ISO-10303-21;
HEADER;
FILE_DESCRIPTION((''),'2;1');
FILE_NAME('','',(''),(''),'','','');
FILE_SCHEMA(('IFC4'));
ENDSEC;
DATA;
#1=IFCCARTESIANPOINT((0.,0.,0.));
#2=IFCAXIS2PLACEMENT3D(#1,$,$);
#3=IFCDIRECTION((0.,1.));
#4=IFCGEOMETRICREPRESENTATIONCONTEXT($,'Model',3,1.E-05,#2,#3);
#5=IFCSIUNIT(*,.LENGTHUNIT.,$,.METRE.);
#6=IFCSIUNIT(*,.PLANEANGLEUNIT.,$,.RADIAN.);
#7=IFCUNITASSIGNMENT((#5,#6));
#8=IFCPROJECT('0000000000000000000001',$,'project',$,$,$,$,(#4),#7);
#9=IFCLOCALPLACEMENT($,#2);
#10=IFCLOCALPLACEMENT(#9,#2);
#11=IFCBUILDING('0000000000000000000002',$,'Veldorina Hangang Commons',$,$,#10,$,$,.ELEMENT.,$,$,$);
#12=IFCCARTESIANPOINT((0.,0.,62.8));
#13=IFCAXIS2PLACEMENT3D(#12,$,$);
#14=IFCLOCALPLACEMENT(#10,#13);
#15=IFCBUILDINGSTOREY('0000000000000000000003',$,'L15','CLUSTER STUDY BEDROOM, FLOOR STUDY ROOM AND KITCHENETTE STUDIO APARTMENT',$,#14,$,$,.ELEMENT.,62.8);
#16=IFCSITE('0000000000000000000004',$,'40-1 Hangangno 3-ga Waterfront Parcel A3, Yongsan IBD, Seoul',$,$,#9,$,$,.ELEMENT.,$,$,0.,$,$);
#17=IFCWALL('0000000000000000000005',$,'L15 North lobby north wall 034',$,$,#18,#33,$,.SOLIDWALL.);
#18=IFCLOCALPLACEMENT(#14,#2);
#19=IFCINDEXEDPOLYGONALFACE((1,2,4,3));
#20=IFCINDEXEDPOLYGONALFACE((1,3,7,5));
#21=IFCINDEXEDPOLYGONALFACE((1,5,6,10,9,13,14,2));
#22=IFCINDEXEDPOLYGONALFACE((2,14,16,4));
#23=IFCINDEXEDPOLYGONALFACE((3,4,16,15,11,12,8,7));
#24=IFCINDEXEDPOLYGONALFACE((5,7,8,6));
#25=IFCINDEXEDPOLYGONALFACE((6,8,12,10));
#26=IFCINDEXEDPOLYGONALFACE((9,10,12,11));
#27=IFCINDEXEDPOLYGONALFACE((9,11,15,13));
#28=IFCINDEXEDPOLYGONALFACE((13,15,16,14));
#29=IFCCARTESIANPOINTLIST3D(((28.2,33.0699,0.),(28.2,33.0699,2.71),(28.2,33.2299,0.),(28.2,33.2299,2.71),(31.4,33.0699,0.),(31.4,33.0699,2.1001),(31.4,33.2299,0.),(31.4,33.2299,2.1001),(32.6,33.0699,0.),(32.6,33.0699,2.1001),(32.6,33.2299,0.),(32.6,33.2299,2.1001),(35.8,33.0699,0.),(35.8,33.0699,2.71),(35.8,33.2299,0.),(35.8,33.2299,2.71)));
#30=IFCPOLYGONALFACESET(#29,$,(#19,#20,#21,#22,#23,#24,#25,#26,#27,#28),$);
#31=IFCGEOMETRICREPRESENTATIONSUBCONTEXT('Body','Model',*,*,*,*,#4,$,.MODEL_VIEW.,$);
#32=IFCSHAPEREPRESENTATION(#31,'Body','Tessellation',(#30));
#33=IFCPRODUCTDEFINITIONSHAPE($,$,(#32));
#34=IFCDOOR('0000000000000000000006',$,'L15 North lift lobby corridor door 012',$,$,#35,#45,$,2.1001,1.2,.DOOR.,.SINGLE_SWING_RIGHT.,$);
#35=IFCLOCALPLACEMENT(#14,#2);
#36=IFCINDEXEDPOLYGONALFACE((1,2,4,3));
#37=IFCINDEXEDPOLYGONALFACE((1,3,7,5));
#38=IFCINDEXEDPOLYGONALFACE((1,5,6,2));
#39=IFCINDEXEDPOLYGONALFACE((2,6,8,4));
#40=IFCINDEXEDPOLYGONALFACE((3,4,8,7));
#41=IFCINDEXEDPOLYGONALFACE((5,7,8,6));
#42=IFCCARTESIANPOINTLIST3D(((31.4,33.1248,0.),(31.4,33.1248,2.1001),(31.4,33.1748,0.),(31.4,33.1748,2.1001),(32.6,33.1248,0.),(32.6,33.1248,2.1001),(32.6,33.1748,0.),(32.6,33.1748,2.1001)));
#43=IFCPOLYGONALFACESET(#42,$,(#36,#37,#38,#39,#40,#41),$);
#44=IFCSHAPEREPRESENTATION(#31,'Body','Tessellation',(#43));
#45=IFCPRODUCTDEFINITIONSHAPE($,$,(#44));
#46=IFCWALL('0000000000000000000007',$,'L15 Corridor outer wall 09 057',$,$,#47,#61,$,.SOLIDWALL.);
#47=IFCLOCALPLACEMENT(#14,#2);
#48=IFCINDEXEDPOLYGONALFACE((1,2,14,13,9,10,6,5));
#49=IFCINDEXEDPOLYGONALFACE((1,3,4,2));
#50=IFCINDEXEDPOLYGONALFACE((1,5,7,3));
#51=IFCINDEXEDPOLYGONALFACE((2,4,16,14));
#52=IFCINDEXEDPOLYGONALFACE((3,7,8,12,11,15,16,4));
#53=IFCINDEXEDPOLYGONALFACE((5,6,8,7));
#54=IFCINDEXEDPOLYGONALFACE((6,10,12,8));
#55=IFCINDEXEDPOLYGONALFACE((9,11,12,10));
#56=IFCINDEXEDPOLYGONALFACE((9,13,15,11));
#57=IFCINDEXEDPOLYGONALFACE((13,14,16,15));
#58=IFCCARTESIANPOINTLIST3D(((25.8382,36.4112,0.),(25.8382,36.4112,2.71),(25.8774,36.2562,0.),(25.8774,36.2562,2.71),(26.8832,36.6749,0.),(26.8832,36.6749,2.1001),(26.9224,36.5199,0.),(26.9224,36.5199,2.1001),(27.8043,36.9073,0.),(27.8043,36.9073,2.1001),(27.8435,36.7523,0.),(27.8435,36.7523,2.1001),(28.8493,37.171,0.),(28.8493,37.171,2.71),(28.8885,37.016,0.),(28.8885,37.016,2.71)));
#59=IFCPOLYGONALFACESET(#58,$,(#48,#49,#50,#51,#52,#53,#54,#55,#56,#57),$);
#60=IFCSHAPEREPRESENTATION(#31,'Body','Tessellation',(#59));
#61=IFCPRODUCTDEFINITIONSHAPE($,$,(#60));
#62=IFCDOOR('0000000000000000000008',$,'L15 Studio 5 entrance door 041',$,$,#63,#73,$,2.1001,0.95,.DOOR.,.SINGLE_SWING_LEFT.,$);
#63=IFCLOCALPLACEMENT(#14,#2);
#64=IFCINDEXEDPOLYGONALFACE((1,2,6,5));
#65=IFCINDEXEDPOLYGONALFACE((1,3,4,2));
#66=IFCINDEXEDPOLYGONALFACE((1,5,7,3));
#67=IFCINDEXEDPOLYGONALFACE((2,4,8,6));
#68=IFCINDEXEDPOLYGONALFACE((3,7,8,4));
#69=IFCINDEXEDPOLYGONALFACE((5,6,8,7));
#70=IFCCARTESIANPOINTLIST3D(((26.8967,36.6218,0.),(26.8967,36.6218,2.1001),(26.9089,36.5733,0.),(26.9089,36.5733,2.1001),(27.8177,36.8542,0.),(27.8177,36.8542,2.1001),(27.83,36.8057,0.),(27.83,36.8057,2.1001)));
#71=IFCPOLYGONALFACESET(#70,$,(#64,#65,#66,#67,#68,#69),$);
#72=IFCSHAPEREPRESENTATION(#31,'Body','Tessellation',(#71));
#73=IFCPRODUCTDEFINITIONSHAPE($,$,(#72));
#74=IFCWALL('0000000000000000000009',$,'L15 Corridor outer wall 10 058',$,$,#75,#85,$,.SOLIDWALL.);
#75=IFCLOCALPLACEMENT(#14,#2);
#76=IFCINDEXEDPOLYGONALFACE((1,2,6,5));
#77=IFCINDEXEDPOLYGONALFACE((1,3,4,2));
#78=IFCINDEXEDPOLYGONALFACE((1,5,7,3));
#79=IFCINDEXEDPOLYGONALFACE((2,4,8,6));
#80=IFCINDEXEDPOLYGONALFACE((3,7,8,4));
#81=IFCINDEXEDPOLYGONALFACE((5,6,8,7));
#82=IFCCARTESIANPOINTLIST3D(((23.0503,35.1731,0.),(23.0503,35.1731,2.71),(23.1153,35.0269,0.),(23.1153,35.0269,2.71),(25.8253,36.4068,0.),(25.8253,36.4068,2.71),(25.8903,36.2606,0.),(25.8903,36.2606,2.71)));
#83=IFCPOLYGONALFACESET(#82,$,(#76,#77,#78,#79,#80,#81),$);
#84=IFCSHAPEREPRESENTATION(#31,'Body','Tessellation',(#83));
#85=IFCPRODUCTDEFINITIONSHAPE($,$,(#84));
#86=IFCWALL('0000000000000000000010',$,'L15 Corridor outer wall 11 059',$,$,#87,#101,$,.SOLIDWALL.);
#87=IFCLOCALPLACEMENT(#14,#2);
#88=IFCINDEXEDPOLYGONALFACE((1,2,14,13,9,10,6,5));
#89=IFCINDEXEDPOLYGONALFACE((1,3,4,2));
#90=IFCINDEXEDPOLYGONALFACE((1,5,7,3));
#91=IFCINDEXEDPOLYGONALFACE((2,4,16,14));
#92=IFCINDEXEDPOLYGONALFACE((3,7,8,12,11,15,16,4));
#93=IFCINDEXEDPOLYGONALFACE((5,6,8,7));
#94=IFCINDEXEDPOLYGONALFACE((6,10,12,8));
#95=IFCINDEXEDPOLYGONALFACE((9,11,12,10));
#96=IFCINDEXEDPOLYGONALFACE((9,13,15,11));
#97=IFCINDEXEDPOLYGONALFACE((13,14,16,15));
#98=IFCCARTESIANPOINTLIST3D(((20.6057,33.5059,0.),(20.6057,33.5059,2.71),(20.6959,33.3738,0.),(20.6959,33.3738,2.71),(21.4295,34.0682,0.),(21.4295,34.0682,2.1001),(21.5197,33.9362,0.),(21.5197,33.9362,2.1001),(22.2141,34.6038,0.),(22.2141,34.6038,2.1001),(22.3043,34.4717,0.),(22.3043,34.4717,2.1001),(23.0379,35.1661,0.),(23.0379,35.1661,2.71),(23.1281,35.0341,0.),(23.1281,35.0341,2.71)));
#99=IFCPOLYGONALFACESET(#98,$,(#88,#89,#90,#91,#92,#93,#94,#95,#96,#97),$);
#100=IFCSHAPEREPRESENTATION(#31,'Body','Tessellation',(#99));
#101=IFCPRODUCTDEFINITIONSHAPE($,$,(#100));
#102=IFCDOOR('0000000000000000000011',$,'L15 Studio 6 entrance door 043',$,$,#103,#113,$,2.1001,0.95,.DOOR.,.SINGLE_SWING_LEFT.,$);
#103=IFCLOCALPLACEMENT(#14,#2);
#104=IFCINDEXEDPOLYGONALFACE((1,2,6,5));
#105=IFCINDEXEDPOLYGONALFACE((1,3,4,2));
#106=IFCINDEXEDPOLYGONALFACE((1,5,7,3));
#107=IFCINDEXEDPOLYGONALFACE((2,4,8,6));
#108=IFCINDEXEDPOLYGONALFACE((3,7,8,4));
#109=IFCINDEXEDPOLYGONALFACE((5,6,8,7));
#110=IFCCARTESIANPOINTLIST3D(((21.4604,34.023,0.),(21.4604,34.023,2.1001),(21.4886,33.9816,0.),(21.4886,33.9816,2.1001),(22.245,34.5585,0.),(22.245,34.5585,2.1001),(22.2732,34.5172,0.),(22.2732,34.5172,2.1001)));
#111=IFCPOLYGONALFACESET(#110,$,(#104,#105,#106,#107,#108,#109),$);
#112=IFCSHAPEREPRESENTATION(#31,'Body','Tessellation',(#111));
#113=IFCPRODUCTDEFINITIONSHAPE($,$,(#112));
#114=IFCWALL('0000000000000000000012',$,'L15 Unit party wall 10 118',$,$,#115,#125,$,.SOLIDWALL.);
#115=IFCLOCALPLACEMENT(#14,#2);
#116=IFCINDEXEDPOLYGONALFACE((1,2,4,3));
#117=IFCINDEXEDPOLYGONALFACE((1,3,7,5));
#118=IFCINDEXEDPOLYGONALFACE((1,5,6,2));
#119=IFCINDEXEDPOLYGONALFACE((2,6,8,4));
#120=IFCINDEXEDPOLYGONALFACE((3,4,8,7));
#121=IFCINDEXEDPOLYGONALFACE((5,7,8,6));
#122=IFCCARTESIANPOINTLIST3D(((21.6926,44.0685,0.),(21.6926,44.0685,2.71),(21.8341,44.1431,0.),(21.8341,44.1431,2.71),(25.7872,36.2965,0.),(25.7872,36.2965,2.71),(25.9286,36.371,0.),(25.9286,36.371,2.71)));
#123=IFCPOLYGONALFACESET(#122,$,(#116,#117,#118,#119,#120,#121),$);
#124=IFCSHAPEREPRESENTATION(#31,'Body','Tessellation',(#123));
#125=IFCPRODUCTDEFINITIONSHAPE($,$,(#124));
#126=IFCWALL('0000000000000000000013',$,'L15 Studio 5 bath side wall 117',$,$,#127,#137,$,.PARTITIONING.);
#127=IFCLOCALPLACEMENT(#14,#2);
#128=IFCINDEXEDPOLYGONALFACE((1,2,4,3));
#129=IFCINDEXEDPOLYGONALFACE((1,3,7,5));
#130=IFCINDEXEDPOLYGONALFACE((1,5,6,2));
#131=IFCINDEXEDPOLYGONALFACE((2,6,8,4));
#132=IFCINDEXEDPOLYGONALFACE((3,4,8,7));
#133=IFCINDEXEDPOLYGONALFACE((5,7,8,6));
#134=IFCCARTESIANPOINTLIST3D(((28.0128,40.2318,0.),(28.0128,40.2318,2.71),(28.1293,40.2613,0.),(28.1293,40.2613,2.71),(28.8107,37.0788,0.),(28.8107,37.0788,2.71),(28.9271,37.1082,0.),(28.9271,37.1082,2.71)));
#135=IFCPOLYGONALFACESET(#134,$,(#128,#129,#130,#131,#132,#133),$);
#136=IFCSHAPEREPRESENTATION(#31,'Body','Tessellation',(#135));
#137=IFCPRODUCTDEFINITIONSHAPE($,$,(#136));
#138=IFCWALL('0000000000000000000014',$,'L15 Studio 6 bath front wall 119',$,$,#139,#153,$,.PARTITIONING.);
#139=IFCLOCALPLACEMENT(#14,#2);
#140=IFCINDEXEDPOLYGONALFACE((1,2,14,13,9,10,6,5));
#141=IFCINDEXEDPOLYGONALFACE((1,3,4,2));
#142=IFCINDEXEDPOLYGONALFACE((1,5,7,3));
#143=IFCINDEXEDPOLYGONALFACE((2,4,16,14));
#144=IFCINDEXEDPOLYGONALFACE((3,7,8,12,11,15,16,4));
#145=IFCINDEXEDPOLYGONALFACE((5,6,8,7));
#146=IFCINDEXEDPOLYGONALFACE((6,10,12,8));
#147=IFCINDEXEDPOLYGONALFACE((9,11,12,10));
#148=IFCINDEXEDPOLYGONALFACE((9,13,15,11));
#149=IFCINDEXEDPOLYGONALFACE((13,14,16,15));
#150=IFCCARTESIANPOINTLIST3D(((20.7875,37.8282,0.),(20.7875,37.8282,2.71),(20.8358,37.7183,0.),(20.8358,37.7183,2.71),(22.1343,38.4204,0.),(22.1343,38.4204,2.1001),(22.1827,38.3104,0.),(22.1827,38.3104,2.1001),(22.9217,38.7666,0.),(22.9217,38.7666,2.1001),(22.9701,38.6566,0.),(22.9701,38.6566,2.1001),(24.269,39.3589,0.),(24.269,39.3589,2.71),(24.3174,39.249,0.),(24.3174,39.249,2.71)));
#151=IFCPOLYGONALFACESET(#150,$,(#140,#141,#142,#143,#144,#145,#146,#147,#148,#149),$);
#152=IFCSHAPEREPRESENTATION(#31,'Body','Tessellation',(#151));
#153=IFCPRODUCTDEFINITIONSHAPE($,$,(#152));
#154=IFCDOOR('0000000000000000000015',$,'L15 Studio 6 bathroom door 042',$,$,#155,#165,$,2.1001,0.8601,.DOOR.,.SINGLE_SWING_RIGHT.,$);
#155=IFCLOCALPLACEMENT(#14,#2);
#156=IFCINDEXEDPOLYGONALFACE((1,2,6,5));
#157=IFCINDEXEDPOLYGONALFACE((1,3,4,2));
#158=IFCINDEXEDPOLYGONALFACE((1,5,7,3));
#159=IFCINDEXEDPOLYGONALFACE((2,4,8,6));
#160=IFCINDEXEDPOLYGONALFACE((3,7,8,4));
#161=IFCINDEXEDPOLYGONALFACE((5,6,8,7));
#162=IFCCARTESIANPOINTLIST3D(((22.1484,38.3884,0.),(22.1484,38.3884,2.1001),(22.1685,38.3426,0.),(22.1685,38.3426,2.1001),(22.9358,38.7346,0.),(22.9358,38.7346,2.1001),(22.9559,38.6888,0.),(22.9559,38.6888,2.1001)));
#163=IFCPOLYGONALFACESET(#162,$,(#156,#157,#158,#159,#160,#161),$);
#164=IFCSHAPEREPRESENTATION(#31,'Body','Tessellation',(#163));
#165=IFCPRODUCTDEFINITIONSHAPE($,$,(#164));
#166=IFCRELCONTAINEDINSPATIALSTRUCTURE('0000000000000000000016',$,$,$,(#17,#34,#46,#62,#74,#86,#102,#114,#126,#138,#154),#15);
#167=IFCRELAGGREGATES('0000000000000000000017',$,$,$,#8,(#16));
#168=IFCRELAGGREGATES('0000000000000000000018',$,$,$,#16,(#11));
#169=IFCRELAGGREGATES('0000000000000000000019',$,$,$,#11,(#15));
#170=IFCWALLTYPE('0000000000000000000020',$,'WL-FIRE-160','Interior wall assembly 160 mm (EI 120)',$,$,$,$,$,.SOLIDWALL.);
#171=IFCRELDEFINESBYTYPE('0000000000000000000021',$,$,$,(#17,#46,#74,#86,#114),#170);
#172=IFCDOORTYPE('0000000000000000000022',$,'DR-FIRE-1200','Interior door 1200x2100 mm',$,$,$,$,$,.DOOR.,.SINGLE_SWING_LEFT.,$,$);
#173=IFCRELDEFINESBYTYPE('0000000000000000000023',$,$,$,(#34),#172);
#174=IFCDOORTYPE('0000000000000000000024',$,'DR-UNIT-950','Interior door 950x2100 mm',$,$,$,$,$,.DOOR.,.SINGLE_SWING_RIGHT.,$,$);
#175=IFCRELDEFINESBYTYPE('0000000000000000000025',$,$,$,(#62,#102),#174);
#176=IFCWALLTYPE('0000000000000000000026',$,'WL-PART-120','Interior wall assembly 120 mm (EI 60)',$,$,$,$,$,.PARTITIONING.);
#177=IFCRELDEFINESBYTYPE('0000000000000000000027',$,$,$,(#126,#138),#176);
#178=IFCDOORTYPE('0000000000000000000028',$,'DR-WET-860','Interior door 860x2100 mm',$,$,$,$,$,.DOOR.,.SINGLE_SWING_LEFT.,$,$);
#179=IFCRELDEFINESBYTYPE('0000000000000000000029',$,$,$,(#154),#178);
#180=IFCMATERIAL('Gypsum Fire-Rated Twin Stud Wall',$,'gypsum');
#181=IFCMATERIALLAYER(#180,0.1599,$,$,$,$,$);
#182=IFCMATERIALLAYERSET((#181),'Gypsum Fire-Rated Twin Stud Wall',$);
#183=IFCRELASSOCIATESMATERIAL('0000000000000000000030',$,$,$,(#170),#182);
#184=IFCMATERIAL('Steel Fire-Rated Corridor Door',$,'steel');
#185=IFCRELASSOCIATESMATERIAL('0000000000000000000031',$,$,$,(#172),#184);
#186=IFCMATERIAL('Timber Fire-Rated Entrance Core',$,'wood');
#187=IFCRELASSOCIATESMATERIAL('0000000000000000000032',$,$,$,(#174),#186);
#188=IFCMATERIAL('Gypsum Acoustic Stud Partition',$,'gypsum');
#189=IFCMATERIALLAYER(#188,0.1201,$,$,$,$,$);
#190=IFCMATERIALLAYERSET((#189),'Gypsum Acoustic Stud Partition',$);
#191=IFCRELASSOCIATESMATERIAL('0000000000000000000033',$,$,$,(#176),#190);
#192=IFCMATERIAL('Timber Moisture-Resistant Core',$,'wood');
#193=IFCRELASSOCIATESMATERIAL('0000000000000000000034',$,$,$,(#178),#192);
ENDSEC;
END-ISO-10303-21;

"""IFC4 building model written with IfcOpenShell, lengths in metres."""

from ifc_helpers import new_model, si_unit, direction, frame, frame_2d, origin, place, context, subcontext, project, spatial, rectangle, extrude, material, layer, layer_set, type_object, element, fill, save


model = new_model("IFC4")

# Units and contexts
model_context = context("Model", 3, precision=1e-05, world=origin(), true_north=direction((0.0, 1.0)))
body_context = subcontext(model_context, "Body", "Model", "MODEL_VIEW")
ifc_project = project(units=[si_unit("LENGTHUNIT", "METRE"), si_unit("PLANEANGLEUNIT", "RADIAN")], contexts=[model_context])

# Site, building, storey
site_placement = place(None, origin())
site = spatial("IfcSite", under=ifc_project, at=site_placement, Name="40-1 Hangangno 3-ga Waterfront Parcel A3, Yongsan IBD, Seoul", CompositionType="ELEMENT", RefElevation=0.0)
building_placement = place(site_placement, origin())
building = spatial("IfcBuilding", under=site, at=building_placement, Name="Veldorina Hangang Commons", CompositionType="ELEMENT")
storey_placement = place(building_placement, frame((0.0, 0.0, 62.8)))
storey = spatial("IfcBuildingStorey", under=building, at=storey_placement, Name="L15", Description="CLUSTER STUDY BEDROOM, FLOOR STUDY ROOM AND KITCHENETTE STUDIO APARTMENT", CompositionType="ELEMENT", Elevation=62.8)

# Walls, openings, doors
ifc_material_1 = material(Name="Gypsum Fire-Rated Twin Stud Wall", Category="gypsum")
ifc_layer_1 = layer(ifc_material_1, 0.1599)
ifc_layer_set_1 = layer_set([ifc_layer_1], Name="Gypsum Fire-Rated Twin Stud Wall")
wall_type_1 = type_object("IfcWallType", Name="WL-FIRE-160", Description="Interior wall assembly 160 mm (EI 120)", PredefinedType="SOLIDWALL", material=ifc_layer_set_1)
wall_1_placement = place(storey_placement, frame((28.2, 33.1499, 0.0), z_axis=(0.0, 0.0, 1.0), x_axis=(1.0, 0.0, 0.0)))
wall_1 = element("IfcWall", 1, at=wall_1_placement, inside=storey, type_object=wall_type_1, Name="L15 North lobby north wall 034", PredefinedType="SOLIDWALL", context=body_context, shape_type="SweptSolid", body=[
    extrude(rectangle(XDim=7.6001, YDim=0.1599, at=frame_2d((3.8, 0.0))), origin(), (0.0, 0.0, 1.0), 2.71),
])
opening_1_placement = place(wall_1_placement, frame((3.2, 0.0, 0.0)))
opening_1 = element("IfcOpeningElement", 2, at=opening_1_placement, cuts=wall_1, PredefinedType="OPENING", context=body_context, shape_type="SweptSolid", body=[
    extrude(rectangle(XDim=1.2, YDim=2.1001, at=frame_2d((0.6001, 1.05))), frame((0.0, 0.0898, 0.0), z_axis=(0.0, -1.0, 0.0), x_axis=(1.0, 0.0, 0.0)), (0.0, 0.0, 1.0), 0.1799),
])
ifc_material_2 = material(Name="Steel Fire-Rated Corridor Door", Category="steel")
door_type_1 = type_object("IfcDoorType", Name="DR-FIRE-1200", Description="Interior door 1200x2100 mm", OperationType="SINGLE_SWING_LEFT", PredefinedType="DOOR", material=ifc_material_2)
door_1_placement = place(opening_1_placement, origin())
door_1 = element("IfcDoor", 3, at=door_1_placement, inside=storey, type_object=door_type_1, Name="L15 North lift lobby corridor door 012", OperationType="SINGLE_SWING_RIGHT", OverallHeight=2.1001, OverallWidth=1.2, PredefinedType="DOOR", context=body_context, shape_type="SweptSolid", body=[
    extrude(rectangle(XDim=1.2, YDim=2.1001, at=frame_2d((0.6001, 1.05))), frame((0.0, 0.0249, 0.0), z_axis=(0.0, -1.0, 0.0), x_axis=(1.0, 0.0, 0.0)), (0.0, 0.0, 1.0), 0.05),
])
fill(opening_1, door_1)
wall_2_placement = place(storey_placement, frame((28.8689, 37.0935, 0.0), z_axis=(0.0, 0.0, 1.0), x_axis=(-0.969608, -0.244662, 0.0)))
wall_2 = element("IfcWall", 4, at=wall_2_placement, inside=storey, type_object=wall_type_1, Name="L15 Corridor outer wall 09 057", PredefinedType="SOLIDWALL", context=body_context, shape_type="SweptSolid", body=[
    extrude(rectangle(XDim=3.1055, YDim=0.1599, at=frame_2d((1.5527, 0.0))), origin(), (0.0, 0.0, 1.0), 2.71),
])
opening_2_placement = place(wall_2_placement, frame((1.0776, 0.0, 0.0)))
opening_2 = element("IfcOpeningElement", 5, at=opening_2_placement, cuts=wall_2, PredefinedType="OPENING", context=body_context, shape_type="SweptSolid", body=[
    extrude(rectangle(XDim=0.95, YDim=2.1001, at=frame_2d((0.4751, 1.05))), frame((0.0, 0.0898, 0.0), z_axis=(0.0, -1.0, 0.0), x_axis=(1.0, 0.0, 0.0)), (0.0, 0.0, 1.0), 0.1799),
])
ifc_material_3 = material(Name="Timber Fire-Rated Entrance Core", Category="wood")
door_type_2 = type_object("IfcDoorType", Name="DR-UNIT-950", Description="Interior door 950x2100 mm", OperationType="SINGLE_SWING_RIGHT", PredefinedType="DOOR", material=ifc_material_3)
door_2_placement = place(opening_2_placement, origin())
door_2 = element("IfcDoor", 6, at=door_2_placement, inside=storey, type_object=door_type_2, Name="L15 Studio 5 entrance door 041", OperationType="SINGLE_SWING_LEFT", OverallHeight=2.1001, OverallWidth=0.95, PredefinedType="DOOR", context=body_context, shape_type="SweptSolid", body=[
    extrude(rectangle(XDim=0.95, YDim=2.1001, at=frame_2d((0.4751, 1.05))), frame((0.0, 0.0249, 0.0), z_axis=(0.0, -1.0, 0.0), x_axis=(1.0, 0.0, 0.0)), (0.0, 0.0, 1.0), 0.05),
])
fill(opening_2, door_2)

# Wall
wall_3_placement = place(storey_placement, frame((25.8579, 36.3337, 0.0), z_axis=(0.0, 0.0, 1.0), x_axis=(-0.913768, -0.406235, 0.0)))
element("IfcWall", 7, at=wall_3_placement, inside=storey, type_object=wall_type_1, Name="L15 Corridor outer wall 10 058", PredefinedType="SOLIDWALL", context=body_context, shape_type="SweptSolid", body=[
    extrude(rectangle(XDim=3.0369, YDim=0.1599, at=frame_2d((1.5186, 0.0))), origin(), (0.0, 0.0, 1.0), 2.71),
])

# Wall, opening, door
wall_4_placement = place(storey_placement, frame((23.083, 35.1001, 0.0), z_axis=(0.0, 0.0, 1.0), x_axis=(-0.825929, -0.563774, 0.0)))
wall_4 = element("IfcWall", 8, at=wall_4_placement, inside=storey, type_object=wall_type_1, Name="L15 Corridor outer wall 11 059", PredefinedType="SOLIDWALL", context=body_context, shape_type="SweptSolid", body=[
    extrude(rectangle(XDim=2.9448, YDim=0.1599, at=frame_2d((1.4724, 0.0))), origin(), (0.0, 0.0, 1.0), 2.71),
])
opening_3_placement = place(wall_4_placement, frame((0.9973, 0.0, 0.0)))
opening_3 = element("IfcOpeningElement", 9, at=opening_3_placement, cuts=wall_4, PredefinedType="OPENING", context=body_context, shape_type="SweptSolid", body=[
    extrude(rectangle(XDim=0.95, YDim=2.1001, at=frame_2d((0.4751, 1.05))), frame((0.0, 0.0898, 0.0), z_axis=(0.0, -1.0, 0.0), x_axis=(1.0, 0.0, 0.0)), (0.0, 0.0, 1.0), 0.1799),
])
door_3_placement = place(opening_3_placement, origin())
door_3 = element("IfcDoor", 10, at=door_3_placement, inside=storey, type_object=door_type_2, Name="L15 Studio 6 entrance door 043", OperationType="SINGLE_SWING_LEFT", OverallHeight=2.1001, OverallWidth=0.95, PredefinedType="DOOR", context=body_context, shape_type="SweptSolid", body=[
    extrude(rectangle(XDim=0.95, YDim=2.1001, at=frame_2d((0.4751, 1.05))), frame((0.0, 0.0249, 0.0), z_axis=(0.0, -1.0, 0.0), x_axis=(1.0, 0.0, 0.0)), (0.0, 0.0, 1.0), 0.05),
])
fill(opening_3, door_3)

# Walls
wall_5_placement = place(storey_placement, frame((25.8579, 36.3337, 0.0), z_axis=(0.0, 0.0, 1.0), x_axis=(-0.4661, 0.884732, 0.0)))
element("IfcWall", 11, at=wall_5_placement, inside=storey, type_object=wall_type_1, Name="L15 Unit party wall 10 118", PredefinedType="SOLIDWALL", context=body_context, shape_type="SweptSolid", body=[
    extrude(rectangle(XDim=8.7847, YDim=0.1599, at=frame_2d((4.3923, 0.0))), origin(), (0.0, 0.0, 1.0), 2.71),
])
ifc_material_4 = material(Name="Gypsum Acoustic Stud Partition", Category="gypsum")
ifc_layer_2 = layer(ifc_material_4, 0.1201)
ifc_layer_set_2 = layer_set([ifc_layer_2], Name="Gypsum Acoustic Stud Partition")
wall_type_2 = type_object("IfcWallType", Name="WL-PART-120", Description="Interior wall assembly 120 mm (EI 60)", PredefinedType="PARTITIONING", material=ifc_layer_set_2)
wall_6_placement = place(storey_placement, frame((28.8689, 37.0935, 0.0), z_axis=(0.0, 0.0, 1.0), x_axis=(-0.245308, 0.969445, 0.0)))
element("IfcWall", 12, at=wall_6_placement, inside=storey, type_object=wall_type_2, Name="L15 Studio 5 bath side wall 117", PredefinedType="PARTITIONING", context=body_context, shape_type="SweptSolid", body=[
    extrude(rectangle(XDim=3.2524, YDim=0.1201, at=frame_2d((1.6262, 0.0))), origin(), (0.0, 0.0, 1.0), 2.71),
])

# Wall, opening, door
wall_7_placement = place(storey_placement, frame((24.2932, 39.304, 0.0), z_axis=(0.0, 0.0, 1.0), x_axis=(-0.91543, -0.402478, 0.0)))
wall_7 = element("IfcWall", 13, at=wall_7_placement, inside=storey, type_object=wall_type_2, Name="L15 Studio 6 bath front wall 119", PredefinedType="PARTITIONING", context=body_context, shape_type="SweptSolid", body=[
    extrude(rectangle(XDim=3.8032, YDim=0.1201, at=frame_2d((1.9016, 0.0))), origin(), (0.0, 0.0, 1.0), 2.71),
])
opening_4_placement = place(wall_7_placement, frame((1.4717, 0.0, 0.0)))
opening_4 = element("IfcOpeningElement", 14, at=opening_4_placement, cuts=wall_7, PredefinedType="OPENING", context=body_context, shape_type="SweptSolid", body=[
    extrude(rectangle(XDim=0.8601, YDim=2.1001, at=frame_2d((0.4302, 1.05))), frame((0.0, 0.0701, 0.0), z_axis=(0.0, -1.0, 0.0), x_axis=(1.0, 0.0, 0.0)), (0.0, 0.0, 1.0), 0.1401),
])
ifc_material_5 = material(Name="Timber Moisture-Resistant Core", Category="wood")
door_type_3 = type_object("IfcDoorType", Name="DR-WET-860", Description="Interior door 860x2100 mm", OperationType="SINGLE_SWING_LEFT", PredefinedType="DOOR", material=ifc_material_5)
door_4_placement = place(opening_4_placement, origin())
door_4 = element("IfcDoor", 15, at=door_4_placement, inside=storey, type_object=door_type_3, Name="L15 Studio 6 bathroom door 042", OperationType="SINGLE_SWING_RIGHT", OverallHeight=2.1001, OverallWidth=0.8601, PredefinedType="DOOR", context=body_context, shape_type="SweptSolid", body=[
    extrude(rectangle(XDim=0.8601, YDim=2.1001, at=frame_2d((0.4302, 1.05))), frame((0.0, 0.0249, 0.0), z_axis=(0.0, -1.0, 0.0), x_axis=(1.0, 0.0, 0.0)), (0.0, 0.0, 1.0), 0.05),
])
fill(opening_4, door_4)

save(model, "model.ifc")
